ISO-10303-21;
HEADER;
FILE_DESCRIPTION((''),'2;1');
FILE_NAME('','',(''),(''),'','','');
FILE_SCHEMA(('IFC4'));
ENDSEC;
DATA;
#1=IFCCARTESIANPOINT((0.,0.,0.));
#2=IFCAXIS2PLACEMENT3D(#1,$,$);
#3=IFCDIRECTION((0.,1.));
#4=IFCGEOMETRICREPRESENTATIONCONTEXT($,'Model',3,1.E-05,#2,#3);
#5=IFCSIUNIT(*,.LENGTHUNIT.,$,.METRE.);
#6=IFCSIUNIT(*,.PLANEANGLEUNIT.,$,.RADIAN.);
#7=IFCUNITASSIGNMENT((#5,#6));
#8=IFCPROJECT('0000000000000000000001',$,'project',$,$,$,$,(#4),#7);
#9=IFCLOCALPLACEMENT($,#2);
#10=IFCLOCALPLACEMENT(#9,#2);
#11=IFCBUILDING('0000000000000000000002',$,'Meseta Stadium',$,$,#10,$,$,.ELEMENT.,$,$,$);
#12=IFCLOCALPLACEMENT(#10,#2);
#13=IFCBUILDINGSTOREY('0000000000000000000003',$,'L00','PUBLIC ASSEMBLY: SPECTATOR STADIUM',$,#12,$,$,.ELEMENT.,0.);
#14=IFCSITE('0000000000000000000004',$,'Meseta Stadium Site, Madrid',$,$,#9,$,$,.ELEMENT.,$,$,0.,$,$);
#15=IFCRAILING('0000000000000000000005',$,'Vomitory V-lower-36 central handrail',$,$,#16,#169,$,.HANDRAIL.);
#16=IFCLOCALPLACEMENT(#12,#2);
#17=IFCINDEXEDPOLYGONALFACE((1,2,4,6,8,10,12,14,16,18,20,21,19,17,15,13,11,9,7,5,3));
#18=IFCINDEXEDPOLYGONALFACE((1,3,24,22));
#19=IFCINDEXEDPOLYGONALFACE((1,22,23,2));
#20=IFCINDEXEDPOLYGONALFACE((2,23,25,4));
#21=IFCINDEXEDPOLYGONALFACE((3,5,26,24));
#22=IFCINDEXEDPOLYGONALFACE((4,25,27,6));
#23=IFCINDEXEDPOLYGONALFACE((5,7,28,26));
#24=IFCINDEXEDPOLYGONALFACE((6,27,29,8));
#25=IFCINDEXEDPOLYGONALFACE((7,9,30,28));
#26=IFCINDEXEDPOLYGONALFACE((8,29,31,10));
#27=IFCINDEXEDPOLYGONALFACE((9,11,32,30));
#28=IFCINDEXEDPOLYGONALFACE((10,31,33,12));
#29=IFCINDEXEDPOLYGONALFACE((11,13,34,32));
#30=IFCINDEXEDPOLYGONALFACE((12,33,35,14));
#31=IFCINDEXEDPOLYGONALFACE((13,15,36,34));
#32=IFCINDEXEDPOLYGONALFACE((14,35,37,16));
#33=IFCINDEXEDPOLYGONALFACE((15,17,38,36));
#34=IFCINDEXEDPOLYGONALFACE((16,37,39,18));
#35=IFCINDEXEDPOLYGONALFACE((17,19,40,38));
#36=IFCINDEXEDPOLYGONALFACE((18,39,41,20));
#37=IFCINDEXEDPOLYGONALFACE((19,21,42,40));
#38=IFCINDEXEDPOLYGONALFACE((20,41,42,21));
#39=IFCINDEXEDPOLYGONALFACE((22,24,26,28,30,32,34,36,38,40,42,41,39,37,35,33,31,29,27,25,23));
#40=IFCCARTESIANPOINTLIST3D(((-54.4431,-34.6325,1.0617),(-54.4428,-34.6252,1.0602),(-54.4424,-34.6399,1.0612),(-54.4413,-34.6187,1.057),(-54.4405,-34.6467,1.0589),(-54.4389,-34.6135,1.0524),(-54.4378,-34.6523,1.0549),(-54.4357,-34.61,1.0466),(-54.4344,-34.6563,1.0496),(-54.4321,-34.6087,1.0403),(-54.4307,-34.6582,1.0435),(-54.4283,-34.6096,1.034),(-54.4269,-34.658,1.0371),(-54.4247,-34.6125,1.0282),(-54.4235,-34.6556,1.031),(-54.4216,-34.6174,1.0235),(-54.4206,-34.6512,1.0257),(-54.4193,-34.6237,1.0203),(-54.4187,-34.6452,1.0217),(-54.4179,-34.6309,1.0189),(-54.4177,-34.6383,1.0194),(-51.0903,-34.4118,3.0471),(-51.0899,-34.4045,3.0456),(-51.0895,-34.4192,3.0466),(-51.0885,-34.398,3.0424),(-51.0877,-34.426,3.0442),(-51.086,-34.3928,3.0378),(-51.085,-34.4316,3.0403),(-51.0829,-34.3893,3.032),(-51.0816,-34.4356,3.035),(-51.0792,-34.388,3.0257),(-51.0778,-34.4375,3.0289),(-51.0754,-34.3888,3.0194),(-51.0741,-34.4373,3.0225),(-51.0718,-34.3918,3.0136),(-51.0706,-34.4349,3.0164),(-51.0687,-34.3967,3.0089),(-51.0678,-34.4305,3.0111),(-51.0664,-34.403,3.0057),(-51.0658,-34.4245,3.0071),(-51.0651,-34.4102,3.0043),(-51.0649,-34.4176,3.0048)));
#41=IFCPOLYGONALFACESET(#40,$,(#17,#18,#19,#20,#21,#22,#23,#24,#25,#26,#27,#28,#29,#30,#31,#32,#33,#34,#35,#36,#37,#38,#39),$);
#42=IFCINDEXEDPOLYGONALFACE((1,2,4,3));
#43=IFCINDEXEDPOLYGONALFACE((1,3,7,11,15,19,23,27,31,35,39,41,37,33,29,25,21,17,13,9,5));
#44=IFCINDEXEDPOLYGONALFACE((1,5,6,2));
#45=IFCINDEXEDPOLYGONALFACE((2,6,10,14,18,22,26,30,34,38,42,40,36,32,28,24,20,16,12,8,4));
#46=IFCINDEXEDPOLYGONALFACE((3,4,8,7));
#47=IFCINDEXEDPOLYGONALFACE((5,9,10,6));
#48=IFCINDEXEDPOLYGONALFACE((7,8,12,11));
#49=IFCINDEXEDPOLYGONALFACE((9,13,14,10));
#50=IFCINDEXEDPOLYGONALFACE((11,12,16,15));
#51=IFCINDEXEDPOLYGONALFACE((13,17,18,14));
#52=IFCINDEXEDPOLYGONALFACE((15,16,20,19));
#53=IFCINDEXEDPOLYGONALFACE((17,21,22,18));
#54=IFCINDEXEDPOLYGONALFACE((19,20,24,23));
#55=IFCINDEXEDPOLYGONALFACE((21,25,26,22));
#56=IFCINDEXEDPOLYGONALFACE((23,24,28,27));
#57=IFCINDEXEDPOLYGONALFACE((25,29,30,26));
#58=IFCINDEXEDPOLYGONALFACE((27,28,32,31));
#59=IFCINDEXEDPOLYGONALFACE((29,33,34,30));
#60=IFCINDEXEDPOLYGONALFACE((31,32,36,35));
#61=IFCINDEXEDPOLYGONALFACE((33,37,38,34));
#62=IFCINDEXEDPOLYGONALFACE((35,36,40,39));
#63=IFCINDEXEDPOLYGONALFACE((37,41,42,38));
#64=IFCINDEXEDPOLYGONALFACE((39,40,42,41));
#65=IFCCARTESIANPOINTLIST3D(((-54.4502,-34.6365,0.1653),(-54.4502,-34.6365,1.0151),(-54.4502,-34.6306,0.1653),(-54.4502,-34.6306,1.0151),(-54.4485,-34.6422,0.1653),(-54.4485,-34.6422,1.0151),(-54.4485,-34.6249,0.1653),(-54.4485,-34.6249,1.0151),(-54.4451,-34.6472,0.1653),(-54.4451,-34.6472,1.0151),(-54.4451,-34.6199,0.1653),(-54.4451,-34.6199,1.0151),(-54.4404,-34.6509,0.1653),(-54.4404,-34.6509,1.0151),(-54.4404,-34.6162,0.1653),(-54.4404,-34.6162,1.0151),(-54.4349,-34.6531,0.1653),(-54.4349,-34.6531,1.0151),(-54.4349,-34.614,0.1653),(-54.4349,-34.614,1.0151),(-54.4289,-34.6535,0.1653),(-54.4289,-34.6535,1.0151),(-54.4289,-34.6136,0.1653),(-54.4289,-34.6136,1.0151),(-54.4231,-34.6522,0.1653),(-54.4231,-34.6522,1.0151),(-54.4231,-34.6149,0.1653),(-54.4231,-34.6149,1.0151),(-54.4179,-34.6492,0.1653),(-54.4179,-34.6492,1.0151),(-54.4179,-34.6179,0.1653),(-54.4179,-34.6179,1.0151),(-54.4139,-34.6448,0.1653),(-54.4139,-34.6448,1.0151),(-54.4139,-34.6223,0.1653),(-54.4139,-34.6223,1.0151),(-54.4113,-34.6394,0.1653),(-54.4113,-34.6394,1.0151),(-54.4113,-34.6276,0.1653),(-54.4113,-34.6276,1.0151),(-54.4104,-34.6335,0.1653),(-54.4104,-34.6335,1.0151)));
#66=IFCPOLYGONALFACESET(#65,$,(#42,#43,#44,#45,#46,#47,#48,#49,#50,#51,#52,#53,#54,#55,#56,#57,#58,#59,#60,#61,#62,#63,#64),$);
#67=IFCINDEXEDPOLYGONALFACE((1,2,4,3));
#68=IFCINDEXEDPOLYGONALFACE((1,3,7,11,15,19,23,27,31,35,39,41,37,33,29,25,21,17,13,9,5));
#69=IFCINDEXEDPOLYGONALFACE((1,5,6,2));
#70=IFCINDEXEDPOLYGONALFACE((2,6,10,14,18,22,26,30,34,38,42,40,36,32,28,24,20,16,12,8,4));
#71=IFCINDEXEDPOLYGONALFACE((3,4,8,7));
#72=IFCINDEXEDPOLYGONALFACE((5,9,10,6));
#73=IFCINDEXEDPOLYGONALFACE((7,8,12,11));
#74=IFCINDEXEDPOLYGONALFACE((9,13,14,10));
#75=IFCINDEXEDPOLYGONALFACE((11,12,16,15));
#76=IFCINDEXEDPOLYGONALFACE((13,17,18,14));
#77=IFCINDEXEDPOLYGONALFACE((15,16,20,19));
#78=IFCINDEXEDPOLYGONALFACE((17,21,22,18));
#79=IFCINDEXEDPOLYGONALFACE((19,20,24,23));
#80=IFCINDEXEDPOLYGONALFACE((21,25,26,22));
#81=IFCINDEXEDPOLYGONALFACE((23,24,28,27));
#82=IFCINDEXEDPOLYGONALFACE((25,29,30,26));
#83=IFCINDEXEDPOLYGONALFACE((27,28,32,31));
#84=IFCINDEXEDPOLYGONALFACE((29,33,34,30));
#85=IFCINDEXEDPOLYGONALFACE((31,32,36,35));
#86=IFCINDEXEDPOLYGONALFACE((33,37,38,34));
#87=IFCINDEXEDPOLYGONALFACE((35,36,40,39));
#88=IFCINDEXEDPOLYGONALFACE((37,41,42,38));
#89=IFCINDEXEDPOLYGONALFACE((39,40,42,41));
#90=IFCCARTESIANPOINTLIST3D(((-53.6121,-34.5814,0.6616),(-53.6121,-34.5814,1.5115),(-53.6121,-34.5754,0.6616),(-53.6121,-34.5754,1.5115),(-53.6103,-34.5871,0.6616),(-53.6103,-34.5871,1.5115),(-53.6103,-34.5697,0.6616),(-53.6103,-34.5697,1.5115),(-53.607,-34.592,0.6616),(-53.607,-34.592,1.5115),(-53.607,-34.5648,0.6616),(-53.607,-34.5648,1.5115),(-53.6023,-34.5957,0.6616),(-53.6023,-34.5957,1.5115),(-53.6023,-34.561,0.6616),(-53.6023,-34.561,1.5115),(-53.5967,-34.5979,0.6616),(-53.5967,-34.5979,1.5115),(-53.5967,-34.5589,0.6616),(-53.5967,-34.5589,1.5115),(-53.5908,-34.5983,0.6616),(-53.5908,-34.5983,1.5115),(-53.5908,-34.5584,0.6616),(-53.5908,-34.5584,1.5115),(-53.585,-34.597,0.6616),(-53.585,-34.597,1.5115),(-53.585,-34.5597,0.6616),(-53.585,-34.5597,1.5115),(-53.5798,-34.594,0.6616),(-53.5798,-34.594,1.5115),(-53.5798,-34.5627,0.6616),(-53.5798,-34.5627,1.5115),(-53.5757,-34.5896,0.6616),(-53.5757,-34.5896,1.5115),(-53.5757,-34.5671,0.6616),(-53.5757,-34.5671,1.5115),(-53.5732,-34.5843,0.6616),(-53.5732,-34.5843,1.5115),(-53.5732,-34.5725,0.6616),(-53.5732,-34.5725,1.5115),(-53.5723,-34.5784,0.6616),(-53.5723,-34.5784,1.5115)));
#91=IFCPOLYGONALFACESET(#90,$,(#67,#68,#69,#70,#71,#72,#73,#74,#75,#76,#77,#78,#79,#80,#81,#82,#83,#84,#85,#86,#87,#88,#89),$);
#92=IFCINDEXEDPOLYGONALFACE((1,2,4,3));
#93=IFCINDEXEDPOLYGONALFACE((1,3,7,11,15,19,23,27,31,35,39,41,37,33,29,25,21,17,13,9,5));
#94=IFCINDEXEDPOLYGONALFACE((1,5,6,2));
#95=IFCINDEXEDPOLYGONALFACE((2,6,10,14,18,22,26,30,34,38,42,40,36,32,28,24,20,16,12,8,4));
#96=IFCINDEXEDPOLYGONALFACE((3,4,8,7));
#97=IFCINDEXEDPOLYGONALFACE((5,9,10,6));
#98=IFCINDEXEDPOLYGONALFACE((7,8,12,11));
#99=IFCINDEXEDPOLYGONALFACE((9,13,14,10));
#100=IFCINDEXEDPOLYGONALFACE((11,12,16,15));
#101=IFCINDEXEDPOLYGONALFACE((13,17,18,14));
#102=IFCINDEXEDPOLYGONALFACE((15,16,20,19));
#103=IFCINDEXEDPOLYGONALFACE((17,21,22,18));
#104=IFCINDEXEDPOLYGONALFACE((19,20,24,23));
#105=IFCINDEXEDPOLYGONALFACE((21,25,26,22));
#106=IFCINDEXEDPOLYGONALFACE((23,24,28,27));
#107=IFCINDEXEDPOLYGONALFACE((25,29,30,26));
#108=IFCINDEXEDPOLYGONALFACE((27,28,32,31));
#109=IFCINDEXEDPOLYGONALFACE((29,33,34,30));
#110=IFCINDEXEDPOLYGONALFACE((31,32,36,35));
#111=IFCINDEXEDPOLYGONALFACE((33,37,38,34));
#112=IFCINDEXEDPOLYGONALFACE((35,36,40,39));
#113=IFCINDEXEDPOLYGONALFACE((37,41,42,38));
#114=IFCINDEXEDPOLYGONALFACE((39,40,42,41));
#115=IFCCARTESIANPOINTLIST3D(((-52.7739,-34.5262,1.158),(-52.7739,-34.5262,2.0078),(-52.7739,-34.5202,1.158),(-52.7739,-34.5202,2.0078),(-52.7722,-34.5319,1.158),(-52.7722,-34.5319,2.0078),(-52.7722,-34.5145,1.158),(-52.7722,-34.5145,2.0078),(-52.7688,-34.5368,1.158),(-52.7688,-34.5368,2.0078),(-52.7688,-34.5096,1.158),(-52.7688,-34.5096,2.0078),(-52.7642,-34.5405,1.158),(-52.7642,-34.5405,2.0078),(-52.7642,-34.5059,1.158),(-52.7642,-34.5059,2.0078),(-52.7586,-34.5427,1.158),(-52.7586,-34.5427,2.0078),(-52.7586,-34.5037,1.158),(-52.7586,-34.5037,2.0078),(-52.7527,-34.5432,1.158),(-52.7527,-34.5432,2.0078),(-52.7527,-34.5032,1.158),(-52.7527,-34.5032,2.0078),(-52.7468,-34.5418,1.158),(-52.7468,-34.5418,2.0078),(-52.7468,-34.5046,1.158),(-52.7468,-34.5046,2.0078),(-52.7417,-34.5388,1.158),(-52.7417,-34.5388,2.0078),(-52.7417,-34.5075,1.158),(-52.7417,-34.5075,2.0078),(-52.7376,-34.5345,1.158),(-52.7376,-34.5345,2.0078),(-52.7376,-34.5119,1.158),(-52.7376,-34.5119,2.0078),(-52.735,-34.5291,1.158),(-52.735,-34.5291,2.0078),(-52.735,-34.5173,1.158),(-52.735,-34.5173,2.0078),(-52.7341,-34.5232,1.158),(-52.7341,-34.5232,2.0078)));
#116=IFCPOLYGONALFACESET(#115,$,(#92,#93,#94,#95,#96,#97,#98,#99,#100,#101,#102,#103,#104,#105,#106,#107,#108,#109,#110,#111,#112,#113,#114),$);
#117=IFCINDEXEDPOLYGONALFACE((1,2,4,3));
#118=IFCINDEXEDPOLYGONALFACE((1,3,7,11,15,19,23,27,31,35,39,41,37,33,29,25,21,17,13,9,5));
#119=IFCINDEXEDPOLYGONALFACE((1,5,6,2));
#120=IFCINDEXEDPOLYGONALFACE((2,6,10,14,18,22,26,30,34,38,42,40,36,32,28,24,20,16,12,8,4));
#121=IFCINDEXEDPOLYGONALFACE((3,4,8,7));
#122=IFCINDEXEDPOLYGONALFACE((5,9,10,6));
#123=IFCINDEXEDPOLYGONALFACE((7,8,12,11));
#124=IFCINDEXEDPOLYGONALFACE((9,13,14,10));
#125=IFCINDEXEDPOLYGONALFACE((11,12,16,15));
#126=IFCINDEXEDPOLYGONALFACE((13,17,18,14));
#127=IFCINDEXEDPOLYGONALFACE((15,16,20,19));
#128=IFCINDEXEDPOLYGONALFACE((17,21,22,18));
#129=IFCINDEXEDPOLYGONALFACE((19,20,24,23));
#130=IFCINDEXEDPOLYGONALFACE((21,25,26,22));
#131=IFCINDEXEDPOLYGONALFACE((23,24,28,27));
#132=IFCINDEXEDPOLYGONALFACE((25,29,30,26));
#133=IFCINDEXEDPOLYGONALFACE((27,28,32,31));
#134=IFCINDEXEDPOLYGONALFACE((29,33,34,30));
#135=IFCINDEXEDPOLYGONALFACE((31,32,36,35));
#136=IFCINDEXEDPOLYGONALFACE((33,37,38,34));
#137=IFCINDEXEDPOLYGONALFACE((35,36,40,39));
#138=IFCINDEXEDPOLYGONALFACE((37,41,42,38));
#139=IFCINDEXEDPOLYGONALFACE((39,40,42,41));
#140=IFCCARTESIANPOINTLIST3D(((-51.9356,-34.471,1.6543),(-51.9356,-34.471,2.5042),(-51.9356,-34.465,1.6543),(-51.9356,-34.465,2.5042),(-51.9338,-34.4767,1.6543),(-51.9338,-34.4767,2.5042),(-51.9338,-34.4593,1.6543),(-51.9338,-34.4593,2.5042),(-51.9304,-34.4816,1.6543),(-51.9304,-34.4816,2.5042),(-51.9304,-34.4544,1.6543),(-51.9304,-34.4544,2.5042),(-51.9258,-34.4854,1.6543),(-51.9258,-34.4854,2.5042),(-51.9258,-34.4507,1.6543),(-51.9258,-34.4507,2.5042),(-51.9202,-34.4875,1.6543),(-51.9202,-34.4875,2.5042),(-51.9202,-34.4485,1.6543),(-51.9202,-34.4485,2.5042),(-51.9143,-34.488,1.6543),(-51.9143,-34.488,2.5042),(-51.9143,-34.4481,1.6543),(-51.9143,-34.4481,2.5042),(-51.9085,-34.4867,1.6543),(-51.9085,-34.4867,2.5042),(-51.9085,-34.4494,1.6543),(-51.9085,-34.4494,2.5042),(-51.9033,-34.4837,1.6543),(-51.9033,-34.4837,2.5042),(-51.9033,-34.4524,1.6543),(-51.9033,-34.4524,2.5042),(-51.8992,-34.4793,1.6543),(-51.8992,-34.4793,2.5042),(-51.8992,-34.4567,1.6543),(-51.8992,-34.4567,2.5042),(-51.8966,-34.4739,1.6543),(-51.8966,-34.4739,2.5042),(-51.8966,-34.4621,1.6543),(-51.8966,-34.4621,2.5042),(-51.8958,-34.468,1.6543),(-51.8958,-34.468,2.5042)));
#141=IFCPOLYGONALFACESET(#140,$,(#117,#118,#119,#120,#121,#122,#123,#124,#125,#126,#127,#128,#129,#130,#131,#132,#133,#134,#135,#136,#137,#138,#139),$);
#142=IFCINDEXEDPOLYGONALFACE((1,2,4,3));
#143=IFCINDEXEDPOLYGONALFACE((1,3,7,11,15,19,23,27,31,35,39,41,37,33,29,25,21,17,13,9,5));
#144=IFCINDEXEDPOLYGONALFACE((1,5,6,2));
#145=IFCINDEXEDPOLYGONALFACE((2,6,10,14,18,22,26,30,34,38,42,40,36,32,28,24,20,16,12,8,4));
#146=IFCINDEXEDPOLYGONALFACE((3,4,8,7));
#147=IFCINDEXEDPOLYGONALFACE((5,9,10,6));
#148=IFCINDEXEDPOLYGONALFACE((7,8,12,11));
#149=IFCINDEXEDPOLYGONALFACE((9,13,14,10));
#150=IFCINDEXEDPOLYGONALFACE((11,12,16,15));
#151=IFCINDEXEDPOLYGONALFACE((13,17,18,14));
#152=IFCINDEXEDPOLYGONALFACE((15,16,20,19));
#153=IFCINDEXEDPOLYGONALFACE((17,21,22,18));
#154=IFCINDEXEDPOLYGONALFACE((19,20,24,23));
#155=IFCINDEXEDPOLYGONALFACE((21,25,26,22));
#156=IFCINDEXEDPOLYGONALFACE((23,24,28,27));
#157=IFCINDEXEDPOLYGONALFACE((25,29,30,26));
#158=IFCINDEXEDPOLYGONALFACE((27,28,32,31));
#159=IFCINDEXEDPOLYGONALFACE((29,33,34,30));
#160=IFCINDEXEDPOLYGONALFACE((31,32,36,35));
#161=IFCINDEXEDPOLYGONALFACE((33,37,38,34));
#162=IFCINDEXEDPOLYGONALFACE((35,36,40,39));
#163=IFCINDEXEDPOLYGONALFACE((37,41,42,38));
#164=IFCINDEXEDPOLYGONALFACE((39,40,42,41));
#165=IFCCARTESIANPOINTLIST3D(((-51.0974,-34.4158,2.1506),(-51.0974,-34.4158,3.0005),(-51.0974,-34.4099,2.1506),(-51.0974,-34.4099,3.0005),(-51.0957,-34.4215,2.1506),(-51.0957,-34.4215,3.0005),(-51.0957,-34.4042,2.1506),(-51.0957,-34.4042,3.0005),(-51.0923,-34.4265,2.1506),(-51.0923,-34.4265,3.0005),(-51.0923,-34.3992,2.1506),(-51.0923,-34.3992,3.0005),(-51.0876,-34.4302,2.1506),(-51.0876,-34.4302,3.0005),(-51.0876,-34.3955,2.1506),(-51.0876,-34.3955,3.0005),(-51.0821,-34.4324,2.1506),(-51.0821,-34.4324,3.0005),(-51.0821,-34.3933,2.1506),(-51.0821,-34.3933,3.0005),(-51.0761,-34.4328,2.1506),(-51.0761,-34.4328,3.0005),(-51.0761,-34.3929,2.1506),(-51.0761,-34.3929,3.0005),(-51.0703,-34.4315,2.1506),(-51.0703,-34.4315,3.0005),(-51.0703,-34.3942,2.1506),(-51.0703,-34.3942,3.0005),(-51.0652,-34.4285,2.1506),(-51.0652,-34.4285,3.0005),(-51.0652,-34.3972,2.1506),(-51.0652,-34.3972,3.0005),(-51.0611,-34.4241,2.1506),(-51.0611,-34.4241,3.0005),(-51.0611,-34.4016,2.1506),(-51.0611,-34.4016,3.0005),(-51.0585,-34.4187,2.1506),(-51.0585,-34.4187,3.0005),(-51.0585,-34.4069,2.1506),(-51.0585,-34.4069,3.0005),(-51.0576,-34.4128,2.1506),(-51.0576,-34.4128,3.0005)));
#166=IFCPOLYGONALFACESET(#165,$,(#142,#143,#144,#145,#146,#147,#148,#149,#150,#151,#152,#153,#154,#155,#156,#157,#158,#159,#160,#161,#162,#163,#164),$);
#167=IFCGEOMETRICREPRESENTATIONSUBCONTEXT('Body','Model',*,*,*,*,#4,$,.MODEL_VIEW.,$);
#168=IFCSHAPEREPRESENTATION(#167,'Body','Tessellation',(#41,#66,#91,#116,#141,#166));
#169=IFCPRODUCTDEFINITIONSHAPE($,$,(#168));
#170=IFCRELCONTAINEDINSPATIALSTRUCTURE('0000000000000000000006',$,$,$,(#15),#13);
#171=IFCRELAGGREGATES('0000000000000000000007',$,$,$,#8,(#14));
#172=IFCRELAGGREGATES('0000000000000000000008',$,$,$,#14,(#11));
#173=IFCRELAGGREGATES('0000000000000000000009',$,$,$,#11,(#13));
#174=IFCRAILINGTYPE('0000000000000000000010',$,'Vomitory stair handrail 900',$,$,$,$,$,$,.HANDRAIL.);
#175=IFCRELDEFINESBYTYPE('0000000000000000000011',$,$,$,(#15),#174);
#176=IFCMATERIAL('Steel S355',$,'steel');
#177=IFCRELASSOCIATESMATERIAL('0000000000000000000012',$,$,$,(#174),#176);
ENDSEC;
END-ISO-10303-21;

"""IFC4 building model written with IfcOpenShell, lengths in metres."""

from ifc_helpers import new_model, si_unit, direction, frame, origin, origin_2d, place, context, subcontext, project, spatial, circle, extrude, material, type_object, element, save


model = new_model("IFC4")

# Units and contexts
model_context = context("Model", 3, precision=1e-05, world=origin(), true_north=direction((0.0, 1.0)))
body_context = subcontext(model_context, "Body", "Model", "MODEL_VIEW")
ifc_project = project(units=[si_unit("LENGTHUNIT", "METRE"), si_unit("PLANEANGLEUNIT", "RADIAN")], contexts=[model_context])

# Site, building, storey
site_placement = place(None, origin())
site = spatial("IfcSite", under=ifc_project, at=site_placement, Name="Meseta Stadium Site, Madrid", CompositionType="ELEMENT", RefElevation=0.0)
building_placement = place(site_placement, origin())
building = spatial("IfcBuilding", under=site, at=building_placement, Name="Meseta Stadium", CompositionType="ELEMENT")
storey_placement = place(building_placement, origin())
storey = spatial("IfcBuildingStorey", under=building, at=storey_placement, Name="L00", Description="PUBLIC ASSEMBLY: SPECTATOR STADIUM", CompositionType="ELEMENT", Elevation=0.0)

# Railing
ifc_material_1 = material(Name="Steel S355", Category="steel")
railing_type_1 = type_object("IfcRailingType", Name="Vomitory stair handrail 900", PredefinedType="HANDRAIL", material=ifc_material_1)
railing_1_placement = place(storey_placement, frame((-54.4304, -34.6335, 0.1653)))
element("IfcRailing", 1, at=railing_1_placement, inside=storey, type_object=railing_type_1, Name="Vomitory V-lower-36 central handrail", PredefinedType="HANDRAIL", context=body_context, shape_type="SweptSolid", body=[
    extrude(circle(Radius=0.0249, at=origin_2d()), frame((0.0, 0.0, 0.875), z_axis=(0.859081, 0.056551, 0.508705), x_axis=(-0.065685, 0.99784, 0.0)), (0.0, 0.0, 1.0), 3.9028),
    extrude(circle(Radius=0.02, at=origin_2d()), origin(), (0.0, 0.0, 1.0), 0.8499),
    extrude(circle(Radius=0.02, at=origin_2d()), frame((0.8381, 0.0552, 0.4963)), (0.0, 0.0, 1.0), 0.8499),
    extrude(circle(Radius=0.02, at=origin_2d()), frame((1.6763, 0.1104, 0.9927)), (0.0, 0.0, 1.0), 0.8499),
    extrude(circle(Radius=0.02, at=origin_2d()), frame((2.5146, 0.1655, 1.489)), (0.0, 0.0, 1.0), 0.8499),
    extrude(circle(Radius=0.02, at=origin_2d()), frame((3.3528, 0.2207, 1.9854)), (0.0, 0.0, 1.0), 0.8499),
])

save(model, "model.ifc")
